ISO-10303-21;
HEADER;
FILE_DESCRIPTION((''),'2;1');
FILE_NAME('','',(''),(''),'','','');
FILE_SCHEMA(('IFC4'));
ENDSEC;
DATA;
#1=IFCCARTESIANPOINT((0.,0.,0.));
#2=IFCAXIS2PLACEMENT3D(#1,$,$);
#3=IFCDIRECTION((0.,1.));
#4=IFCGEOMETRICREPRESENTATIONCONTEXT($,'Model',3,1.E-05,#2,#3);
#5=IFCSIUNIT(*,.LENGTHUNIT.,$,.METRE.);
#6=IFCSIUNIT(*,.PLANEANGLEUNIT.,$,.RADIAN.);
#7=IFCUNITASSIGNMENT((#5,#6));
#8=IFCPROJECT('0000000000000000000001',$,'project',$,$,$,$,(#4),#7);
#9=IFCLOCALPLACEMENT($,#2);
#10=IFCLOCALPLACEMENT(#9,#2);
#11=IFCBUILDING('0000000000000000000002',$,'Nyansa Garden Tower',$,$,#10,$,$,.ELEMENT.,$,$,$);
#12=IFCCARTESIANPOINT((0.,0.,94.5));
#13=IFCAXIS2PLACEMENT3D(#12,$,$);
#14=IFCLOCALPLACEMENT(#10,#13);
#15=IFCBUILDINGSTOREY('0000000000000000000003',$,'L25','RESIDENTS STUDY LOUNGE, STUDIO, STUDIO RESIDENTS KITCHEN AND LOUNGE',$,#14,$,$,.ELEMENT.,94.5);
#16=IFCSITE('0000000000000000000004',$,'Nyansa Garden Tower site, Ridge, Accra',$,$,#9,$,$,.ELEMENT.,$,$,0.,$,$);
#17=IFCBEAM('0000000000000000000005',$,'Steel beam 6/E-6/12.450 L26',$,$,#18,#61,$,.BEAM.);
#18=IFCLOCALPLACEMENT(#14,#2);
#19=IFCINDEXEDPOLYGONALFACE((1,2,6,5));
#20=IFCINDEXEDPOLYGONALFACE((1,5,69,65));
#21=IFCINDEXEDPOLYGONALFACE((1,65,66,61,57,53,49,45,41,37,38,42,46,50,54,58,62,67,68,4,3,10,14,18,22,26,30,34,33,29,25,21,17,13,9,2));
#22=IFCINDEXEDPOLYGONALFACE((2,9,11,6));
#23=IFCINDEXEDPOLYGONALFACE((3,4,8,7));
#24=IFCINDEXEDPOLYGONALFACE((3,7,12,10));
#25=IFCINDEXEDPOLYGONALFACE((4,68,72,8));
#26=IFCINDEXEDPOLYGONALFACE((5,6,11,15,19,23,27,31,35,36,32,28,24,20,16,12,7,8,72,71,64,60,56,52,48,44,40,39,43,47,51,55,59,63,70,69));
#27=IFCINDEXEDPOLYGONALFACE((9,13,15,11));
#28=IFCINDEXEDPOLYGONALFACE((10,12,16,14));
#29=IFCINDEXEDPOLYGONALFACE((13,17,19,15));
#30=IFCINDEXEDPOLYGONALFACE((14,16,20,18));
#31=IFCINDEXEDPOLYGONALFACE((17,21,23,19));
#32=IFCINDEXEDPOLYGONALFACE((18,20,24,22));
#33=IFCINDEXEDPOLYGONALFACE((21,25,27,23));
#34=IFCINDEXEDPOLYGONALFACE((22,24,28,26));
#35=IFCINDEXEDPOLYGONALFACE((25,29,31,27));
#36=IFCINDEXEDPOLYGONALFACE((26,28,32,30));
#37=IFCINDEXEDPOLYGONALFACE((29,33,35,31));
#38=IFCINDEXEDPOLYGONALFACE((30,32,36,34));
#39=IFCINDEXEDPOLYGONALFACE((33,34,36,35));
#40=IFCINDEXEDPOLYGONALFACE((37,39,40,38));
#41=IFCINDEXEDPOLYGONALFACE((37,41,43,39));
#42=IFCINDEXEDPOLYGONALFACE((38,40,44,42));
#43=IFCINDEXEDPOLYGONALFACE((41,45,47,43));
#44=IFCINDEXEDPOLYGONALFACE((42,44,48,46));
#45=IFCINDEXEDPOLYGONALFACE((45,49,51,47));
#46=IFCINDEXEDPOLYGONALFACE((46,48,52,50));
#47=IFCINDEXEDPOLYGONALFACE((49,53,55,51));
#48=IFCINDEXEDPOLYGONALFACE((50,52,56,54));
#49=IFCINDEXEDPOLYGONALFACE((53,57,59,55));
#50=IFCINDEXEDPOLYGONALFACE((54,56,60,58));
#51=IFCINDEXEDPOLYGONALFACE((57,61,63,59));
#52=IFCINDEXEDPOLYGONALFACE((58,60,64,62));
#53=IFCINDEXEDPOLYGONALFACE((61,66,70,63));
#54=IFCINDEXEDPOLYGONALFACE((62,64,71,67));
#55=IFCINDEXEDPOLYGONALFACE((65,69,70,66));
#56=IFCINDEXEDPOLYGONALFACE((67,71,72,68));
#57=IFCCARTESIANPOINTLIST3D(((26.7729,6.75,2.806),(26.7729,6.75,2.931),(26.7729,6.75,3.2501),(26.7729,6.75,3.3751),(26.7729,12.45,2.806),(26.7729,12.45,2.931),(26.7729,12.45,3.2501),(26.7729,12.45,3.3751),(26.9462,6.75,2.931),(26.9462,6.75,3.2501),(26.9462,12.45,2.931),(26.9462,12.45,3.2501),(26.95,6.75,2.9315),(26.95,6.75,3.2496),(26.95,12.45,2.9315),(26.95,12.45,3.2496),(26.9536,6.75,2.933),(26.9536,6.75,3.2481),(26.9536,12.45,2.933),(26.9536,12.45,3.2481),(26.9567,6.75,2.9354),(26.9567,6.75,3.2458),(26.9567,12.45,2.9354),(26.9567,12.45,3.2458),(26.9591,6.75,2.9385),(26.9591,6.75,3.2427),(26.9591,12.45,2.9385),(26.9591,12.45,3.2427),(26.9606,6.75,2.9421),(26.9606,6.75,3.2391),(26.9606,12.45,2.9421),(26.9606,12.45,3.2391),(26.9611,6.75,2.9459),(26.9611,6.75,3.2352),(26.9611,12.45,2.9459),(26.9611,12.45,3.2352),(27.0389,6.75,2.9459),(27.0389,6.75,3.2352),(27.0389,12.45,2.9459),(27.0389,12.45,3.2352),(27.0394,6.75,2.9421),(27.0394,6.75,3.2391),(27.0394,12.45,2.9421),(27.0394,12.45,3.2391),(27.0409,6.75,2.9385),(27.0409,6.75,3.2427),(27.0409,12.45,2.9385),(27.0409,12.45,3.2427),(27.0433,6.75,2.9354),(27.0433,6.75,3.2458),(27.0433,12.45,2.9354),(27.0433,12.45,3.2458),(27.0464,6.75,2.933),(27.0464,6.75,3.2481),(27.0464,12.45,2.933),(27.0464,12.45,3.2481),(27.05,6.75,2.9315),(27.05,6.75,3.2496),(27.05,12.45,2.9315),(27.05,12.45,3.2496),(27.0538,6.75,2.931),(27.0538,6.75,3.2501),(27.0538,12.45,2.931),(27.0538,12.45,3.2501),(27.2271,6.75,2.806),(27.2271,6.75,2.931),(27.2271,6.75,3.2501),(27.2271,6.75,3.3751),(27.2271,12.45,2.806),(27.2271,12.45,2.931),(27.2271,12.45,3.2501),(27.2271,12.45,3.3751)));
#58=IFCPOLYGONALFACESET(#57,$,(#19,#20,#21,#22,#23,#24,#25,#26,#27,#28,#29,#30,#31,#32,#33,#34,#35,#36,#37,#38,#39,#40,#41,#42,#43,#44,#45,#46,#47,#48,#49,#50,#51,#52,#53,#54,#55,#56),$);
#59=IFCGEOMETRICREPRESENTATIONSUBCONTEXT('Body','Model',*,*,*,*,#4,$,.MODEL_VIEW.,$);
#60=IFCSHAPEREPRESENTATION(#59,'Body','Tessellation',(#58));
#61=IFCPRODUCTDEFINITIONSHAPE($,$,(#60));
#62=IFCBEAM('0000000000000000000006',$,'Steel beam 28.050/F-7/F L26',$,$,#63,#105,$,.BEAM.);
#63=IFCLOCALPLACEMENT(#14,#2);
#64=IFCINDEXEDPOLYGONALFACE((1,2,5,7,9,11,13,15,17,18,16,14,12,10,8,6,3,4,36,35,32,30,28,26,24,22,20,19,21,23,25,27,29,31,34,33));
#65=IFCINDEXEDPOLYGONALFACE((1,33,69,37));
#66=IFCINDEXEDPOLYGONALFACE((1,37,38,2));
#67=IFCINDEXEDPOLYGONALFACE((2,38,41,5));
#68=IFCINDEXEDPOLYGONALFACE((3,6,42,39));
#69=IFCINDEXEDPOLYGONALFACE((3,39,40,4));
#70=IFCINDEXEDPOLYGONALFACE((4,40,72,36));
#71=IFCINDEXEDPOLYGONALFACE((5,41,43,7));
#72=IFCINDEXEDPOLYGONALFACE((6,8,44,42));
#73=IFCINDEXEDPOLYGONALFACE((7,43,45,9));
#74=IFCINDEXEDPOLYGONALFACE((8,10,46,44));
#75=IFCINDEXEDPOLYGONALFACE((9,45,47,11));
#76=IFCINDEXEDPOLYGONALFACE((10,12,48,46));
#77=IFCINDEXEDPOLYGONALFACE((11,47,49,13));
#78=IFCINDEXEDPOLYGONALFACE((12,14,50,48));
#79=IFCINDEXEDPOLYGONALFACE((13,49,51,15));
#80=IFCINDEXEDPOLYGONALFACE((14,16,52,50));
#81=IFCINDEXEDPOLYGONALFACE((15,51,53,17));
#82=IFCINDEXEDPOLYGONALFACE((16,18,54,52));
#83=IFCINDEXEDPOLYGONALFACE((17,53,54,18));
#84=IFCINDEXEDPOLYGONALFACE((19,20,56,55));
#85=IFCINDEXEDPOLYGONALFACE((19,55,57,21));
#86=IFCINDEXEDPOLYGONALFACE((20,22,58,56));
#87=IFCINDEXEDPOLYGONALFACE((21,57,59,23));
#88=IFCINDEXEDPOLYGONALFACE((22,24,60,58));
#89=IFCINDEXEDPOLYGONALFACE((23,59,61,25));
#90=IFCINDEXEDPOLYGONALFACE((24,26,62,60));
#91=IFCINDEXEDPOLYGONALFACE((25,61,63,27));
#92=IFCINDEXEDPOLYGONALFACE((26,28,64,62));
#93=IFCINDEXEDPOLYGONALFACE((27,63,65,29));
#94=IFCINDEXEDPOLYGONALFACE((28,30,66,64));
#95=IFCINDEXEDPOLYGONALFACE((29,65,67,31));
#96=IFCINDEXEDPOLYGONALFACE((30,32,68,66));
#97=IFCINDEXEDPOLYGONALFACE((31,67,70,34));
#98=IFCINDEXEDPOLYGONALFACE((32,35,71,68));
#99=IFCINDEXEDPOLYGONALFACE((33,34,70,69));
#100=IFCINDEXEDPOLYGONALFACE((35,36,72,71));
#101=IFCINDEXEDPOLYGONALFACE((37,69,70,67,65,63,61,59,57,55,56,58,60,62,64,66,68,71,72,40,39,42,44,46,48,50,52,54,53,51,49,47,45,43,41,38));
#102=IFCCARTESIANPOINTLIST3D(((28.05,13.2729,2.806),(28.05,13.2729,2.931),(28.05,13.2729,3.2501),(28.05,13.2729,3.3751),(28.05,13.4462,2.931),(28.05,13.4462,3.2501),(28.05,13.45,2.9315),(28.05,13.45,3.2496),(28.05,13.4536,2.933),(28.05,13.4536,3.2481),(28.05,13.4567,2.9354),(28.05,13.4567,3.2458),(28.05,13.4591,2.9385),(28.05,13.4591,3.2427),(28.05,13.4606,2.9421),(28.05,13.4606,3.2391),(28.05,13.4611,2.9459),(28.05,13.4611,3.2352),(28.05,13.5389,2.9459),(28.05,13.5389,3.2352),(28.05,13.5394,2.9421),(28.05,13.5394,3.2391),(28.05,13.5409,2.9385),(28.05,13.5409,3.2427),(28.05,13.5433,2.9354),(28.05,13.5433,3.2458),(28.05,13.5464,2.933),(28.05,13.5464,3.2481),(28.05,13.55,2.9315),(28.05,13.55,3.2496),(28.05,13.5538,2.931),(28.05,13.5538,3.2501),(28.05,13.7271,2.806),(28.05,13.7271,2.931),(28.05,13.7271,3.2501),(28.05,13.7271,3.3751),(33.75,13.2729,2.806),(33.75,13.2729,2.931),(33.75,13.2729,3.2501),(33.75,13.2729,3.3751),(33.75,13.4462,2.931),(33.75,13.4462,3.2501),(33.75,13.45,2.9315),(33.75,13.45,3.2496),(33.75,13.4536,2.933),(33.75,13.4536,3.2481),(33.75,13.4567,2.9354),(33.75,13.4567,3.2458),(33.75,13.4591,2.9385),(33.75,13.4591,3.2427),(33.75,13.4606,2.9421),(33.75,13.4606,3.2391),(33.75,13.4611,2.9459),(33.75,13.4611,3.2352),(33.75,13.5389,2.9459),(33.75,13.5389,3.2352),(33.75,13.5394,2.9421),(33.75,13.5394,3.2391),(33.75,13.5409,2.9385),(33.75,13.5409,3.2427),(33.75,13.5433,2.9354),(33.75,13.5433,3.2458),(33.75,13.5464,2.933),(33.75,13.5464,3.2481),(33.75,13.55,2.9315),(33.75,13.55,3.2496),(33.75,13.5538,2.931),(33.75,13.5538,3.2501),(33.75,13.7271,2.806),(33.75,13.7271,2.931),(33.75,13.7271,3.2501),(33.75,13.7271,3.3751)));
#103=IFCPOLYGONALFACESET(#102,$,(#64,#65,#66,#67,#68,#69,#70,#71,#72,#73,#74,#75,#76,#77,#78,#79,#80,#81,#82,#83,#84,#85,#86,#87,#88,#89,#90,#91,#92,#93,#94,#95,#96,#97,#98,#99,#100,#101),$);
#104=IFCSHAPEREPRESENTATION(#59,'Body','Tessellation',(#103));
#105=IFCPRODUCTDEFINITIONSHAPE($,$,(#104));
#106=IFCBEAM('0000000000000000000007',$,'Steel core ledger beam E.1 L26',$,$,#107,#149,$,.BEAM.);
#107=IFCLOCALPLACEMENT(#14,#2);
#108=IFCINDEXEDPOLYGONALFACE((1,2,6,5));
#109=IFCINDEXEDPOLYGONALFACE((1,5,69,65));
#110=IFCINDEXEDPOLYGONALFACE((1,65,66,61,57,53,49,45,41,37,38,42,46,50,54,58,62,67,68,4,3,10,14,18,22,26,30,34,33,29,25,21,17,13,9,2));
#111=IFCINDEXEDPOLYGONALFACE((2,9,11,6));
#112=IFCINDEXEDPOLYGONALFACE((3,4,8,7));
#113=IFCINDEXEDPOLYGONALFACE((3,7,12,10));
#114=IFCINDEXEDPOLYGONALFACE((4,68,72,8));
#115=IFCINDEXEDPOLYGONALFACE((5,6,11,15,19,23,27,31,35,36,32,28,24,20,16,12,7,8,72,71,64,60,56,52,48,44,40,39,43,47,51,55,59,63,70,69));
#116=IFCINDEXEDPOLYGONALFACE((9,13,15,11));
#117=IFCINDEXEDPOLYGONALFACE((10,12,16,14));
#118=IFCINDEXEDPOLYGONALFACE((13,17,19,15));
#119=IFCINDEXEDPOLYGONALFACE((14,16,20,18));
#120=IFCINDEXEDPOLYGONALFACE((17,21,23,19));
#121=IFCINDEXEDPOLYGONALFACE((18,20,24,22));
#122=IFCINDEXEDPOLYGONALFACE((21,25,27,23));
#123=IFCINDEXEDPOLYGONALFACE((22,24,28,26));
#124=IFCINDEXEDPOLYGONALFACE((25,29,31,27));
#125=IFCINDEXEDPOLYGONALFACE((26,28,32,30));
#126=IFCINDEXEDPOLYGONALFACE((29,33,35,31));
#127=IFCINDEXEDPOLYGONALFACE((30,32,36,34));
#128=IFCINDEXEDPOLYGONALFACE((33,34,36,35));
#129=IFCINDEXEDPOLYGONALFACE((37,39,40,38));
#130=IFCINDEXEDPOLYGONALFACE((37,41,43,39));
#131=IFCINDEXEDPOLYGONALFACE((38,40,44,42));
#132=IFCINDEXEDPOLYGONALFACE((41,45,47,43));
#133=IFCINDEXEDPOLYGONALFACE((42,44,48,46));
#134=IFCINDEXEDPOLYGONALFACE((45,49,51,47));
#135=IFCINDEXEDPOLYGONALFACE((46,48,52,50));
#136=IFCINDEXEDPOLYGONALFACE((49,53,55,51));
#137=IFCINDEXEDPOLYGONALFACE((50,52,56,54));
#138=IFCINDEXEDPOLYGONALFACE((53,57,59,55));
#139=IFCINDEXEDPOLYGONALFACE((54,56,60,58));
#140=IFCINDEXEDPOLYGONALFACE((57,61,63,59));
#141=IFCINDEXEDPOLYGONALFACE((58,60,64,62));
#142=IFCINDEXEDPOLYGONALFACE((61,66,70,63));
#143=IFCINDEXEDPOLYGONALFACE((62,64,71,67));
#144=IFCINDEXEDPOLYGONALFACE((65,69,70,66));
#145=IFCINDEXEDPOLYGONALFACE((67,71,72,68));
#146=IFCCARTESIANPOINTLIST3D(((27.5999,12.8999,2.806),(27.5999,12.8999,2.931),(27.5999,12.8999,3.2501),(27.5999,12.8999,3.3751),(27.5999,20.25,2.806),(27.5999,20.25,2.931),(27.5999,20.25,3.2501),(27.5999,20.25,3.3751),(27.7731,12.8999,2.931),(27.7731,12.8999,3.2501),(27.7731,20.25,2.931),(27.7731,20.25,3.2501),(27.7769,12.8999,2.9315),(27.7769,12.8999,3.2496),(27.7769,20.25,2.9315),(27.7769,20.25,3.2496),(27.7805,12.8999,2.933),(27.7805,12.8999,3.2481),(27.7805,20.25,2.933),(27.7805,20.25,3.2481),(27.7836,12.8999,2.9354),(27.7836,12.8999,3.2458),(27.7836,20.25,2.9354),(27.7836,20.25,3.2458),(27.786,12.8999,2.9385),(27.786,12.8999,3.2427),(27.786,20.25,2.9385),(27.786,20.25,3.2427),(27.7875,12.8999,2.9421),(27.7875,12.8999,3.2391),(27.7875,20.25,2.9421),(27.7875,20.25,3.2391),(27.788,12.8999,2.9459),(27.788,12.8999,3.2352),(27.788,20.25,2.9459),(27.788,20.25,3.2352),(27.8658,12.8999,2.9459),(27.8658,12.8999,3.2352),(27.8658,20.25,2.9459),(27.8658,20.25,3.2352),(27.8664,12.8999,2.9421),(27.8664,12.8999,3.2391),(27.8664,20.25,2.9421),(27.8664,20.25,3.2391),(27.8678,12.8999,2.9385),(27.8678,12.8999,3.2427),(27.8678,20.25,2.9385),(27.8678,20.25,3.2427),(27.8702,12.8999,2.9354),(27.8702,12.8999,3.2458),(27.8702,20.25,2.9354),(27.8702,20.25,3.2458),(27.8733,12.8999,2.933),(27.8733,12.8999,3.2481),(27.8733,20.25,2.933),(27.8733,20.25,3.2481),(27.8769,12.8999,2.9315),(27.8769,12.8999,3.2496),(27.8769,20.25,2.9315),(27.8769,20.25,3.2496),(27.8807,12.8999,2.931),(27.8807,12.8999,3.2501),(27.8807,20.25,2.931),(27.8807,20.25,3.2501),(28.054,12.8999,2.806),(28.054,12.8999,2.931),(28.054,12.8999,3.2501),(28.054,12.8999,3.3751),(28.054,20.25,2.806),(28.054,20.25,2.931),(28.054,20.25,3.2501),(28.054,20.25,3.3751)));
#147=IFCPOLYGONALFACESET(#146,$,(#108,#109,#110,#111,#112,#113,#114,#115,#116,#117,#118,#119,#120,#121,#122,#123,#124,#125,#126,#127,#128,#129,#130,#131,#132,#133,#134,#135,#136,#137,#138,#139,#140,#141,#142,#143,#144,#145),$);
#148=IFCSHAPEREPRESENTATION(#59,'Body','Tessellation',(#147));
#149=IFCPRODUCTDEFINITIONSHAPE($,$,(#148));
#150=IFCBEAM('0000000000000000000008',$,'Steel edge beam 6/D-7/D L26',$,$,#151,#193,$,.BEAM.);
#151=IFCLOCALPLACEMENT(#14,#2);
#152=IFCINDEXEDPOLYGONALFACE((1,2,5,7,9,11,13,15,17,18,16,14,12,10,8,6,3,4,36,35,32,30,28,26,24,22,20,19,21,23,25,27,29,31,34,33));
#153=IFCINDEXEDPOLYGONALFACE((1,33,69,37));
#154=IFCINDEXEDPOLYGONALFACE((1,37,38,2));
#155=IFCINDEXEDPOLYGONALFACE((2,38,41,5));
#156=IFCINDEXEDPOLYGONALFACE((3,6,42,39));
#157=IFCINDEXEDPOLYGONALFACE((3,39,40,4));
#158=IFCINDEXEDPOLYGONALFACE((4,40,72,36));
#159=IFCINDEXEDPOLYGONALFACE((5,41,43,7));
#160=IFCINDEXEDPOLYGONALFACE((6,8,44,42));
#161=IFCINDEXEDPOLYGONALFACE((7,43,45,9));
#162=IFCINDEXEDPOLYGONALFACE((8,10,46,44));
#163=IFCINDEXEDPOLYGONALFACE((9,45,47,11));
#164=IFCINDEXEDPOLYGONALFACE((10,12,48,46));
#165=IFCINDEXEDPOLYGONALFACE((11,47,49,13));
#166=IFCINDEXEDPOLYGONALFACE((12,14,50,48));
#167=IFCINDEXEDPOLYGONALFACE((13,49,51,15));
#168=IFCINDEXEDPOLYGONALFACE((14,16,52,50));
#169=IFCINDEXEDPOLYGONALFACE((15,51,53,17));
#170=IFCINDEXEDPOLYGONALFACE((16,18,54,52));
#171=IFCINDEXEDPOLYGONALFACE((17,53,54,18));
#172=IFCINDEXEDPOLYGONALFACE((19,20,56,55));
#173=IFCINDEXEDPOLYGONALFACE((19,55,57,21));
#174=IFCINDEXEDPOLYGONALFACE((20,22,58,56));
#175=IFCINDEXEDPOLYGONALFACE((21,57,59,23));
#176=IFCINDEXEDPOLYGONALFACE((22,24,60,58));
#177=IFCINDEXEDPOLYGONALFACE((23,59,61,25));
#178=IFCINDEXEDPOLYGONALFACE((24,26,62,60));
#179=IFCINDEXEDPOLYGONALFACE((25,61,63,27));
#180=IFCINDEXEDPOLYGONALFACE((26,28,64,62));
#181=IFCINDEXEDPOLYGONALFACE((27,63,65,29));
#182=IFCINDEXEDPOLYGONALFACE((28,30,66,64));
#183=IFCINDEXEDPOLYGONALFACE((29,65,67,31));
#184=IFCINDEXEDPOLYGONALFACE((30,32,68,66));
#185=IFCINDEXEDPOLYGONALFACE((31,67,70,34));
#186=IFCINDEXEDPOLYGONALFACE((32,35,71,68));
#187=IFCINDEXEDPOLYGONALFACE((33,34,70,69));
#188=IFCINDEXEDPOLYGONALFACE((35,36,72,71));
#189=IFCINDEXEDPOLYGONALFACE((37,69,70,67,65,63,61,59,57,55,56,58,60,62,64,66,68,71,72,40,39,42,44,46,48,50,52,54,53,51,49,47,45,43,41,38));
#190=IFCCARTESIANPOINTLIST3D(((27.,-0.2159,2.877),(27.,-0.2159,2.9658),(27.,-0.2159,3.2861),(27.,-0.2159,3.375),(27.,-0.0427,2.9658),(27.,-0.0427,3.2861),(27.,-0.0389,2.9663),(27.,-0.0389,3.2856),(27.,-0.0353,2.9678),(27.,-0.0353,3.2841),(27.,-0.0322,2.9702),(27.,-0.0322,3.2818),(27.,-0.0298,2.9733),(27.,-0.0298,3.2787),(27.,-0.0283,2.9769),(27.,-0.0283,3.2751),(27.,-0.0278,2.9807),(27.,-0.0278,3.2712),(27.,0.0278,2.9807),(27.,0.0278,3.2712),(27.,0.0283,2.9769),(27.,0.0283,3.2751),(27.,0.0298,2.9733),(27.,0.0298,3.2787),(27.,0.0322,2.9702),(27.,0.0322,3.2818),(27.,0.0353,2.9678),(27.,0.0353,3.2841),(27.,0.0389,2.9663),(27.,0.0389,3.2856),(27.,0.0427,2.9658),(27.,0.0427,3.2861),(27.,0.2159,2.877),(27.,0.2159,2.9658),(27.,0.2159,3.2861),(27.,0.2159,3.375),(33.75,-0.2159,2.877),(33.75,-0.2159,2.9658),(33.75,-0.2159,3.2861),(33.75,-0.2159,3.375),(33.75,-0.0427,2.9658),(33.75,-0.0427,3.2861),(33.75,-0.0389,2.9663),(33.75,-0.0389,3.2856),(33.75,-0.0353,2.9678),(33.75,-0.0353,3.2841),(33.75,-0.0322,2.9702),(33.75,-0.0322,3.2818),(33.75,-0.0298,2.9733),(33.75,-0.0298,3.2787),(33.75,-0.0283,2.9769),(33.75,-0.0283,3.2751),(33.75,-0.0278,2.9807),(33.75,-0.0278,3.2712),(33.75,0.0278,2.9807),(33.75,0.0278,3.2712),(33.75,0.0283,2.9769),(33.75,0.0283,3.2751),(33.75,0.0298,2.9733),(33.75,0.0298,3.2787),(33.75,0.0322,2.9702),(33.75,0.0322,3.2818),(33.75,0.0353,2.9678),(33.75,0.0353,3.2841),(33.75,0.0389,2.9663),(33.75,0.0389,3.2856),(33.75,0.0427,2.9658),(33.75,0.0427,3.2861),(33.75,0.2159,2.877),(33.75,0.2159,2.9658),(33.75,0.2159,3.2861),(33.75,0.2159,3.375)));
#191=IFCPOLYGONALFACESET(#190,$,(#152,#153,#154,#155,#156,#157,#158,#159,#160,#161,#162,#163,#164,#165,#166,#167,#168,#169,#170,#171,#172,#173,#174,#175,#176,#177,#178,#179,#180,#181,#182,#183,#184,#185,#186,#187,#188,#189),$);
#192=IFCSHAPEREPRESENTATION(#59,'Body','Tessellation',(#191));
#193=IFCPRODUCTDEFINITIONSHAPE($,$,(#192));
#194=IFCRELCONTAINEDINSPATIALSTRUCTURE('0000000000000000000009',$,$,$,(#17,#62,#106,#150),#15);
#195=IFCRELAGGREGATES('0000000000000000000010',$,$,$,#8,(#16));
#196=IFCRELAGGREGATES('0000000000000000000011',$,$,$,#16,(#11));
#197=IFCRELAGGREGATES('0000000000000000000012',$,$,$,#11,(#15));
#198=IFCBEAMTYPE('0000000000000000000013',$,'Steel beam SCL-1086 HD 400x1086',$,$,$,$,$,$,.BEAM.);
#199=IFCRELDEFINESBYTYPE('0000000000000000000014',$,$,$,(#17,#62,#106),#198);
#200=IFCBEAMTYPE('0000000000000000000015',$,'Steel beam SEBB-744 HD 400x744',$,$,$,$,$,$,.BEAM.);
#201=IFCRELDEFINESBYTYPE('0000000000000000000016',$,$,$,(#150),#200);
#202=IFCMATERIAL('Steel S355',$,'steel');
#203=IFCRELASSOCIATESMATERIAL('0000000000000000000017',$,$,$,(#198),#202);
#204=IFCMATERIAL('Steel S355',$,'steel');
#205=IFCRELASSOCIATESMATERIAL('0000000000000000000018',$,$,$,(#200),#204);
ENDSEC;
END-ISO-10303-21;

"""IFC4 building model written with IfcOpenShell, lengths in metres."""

from ifc_helpers import new_model, si_unit, direction, frame, origin, origin_2d, place, context, subcontext, project, spatial, i_section, extrude, material, material_profile, profile_set, type_object, element, save


model = new_model("IFC4")

# Units and contexts
model_context = context("Model", 3, precision=1e-05, world=origin(), true_north=direction((0.0, 1.0)))
body_context = subcontext(model_context, "Body", "Model", "MODEL_VIEW")
ifc_project = project(units=[si_unit("LENGTHUNIT", "METRE"), si_unit("PLANEANGLEUNIT", "RADIAN")], contexts=[model_context])

# Site, building, storey
site_placement = place(None, origin())
site = spatial("IfcSite", under=ifc_project, at=site_placement, Name="Nyansa Garden Tower site, Ridge, Accra", CompositionType="ELEMENT", RefElevation=0.0)
building_placement = place(site_placement, origin())
building = spatial("IfcBuilding", under=site, at=building_placement, Name="Nyansa Garden Tower", CompositionType="ELEMENT")
storey_placement = place(building_placement, frame((0.0, 0.0, 94.5)))
storey = spatial("IfcBuildingStorey", under=building, at=storey_placement, Name="L25", Description="RESIDENTS STUDY LOUNGE, STUDIO, STUDIO RESIDENTS KITCHEN AND LOUNGE", CompositionType="ELEMENT", Elevation=94.5)

# Beams
ifc_material_1 = material(Name="Steel S355", Category="steel")
ifc_material_profile_1 = material_profile(ifc_material_1, i_section(OverallWidth=0.4541, OverallDepth=0.5691, WebThickness=0.0779, FlangeThickness=0.125, FilletRadius=0.0149, at=origin_2d()), Name="HD 400x1086")
ifc_profile_set_1 = profile_set([ifc_material_profile_1], Name="Steel S355")
beam_type_1 = type_object("IfcBeamType", Name="Steel beam SCL-1086 HD 400x1086", PredefinedType="BEAM", material=ifc_profile_set_1)
for number, where, z_axis, x_axis, name in (
    (1, (27.0, 6.75, 3.0906), (0.0, 1.0, 0.0), (-1.0, 0.0, 0.0), "Steel beam 6/E-6/12.450 L26"),
    (2, (28.05, 13.5, 3.0906), (1.0, 0.0, 0.0), (0.0, 1.0, 0.0), "Steel beam 28.050/F-7/F L26"),
):
    element("IfcBeam", number, at=place(storey_placement, frame(where, z_axis=z_axis, x_axis=x_axis)), inside=storey, type_object=beam_type_1, Name=name, PredefinedType="BEAM", context=body_context, shape_type="SweptSolid", body=[
        extrude(i_section(OverallWidth=0.4541, OverallDepth=0.5691, WebThickness=0.0779, FlangeThickness=0.125, FilletRadius=0.0149, at=origin_2d()), origin(), (0.0, 0.0, 1.0), 5.7),
    ])
beam_1_placement = place(storey_placement, frame((27.8269, 12.8999, 3.0906), z_axis=(0.0, 1.0, 0.0), x_axis=(-1.0, 0.0, 0.0)))
element("IfcBeam", 3, at=beam_1_placement, inside=storey, type_object=beam_type_1, Name="Steel core ledger beam E.1 L26", PredefinedType="BEAM", context=body_context, shape_type="SweptSolid", body=[
    extrude(i_section(OverallWidth=0.4541, OverallDepth=0.5691, WebThickness=0.0779, FlangeThickness=0.125, FilletRadius=0.0149, at=origin_2d()), origin(), (0.0, 0.0, 1.0), 7.3501),
])
ifc_material_2 = material(Name="Steel S355", Category="steel")
ifc_material_profile_2 = material_profile(ifc_material_2, i_section(OverallWidth=0.4319, OverallDepth=0.498, WebThickness=0.0557, FlangeThickness=0.0889, FilletRadius=0.0149, at=origin_2d()), Name="HD 400x744")
ifc_profile_set_2 = profile_set([ifc_material_profile_2], Name="Steel S355")
beam_type_2 = type_object("IfcBeamType", Name="Steel beam SEBB-744 HD 400x744", PredefinedType="BEAM", material=ifc_profile_set_2)
beam_2_placement = place(storey_placement, frame((27.0, 0.0, 3.126), z_axis=(1.0, 0.0, 0.0), x_axis=(0.0, 1.0, 0.0)))
element("IfcBeam", 4, at=beam_2_placement, inside=storey, type_object=beam_type_2, Name="Steel edge beam 6/D-7/D L26", PredefinedType="BEAM", context=body_context, shape_type="SweptSolid", body=[
    extrude(i_section(OverallWidth=0.4319, OverallDepth=0.498, WebThickness=0.0557, FlangeThickness=0.0889, FilletRadius=0.0149, at=origin_2d()), origin(), (0.0, 0.0, 1.0), 6.75),
])

save(model, "model.ifc")
